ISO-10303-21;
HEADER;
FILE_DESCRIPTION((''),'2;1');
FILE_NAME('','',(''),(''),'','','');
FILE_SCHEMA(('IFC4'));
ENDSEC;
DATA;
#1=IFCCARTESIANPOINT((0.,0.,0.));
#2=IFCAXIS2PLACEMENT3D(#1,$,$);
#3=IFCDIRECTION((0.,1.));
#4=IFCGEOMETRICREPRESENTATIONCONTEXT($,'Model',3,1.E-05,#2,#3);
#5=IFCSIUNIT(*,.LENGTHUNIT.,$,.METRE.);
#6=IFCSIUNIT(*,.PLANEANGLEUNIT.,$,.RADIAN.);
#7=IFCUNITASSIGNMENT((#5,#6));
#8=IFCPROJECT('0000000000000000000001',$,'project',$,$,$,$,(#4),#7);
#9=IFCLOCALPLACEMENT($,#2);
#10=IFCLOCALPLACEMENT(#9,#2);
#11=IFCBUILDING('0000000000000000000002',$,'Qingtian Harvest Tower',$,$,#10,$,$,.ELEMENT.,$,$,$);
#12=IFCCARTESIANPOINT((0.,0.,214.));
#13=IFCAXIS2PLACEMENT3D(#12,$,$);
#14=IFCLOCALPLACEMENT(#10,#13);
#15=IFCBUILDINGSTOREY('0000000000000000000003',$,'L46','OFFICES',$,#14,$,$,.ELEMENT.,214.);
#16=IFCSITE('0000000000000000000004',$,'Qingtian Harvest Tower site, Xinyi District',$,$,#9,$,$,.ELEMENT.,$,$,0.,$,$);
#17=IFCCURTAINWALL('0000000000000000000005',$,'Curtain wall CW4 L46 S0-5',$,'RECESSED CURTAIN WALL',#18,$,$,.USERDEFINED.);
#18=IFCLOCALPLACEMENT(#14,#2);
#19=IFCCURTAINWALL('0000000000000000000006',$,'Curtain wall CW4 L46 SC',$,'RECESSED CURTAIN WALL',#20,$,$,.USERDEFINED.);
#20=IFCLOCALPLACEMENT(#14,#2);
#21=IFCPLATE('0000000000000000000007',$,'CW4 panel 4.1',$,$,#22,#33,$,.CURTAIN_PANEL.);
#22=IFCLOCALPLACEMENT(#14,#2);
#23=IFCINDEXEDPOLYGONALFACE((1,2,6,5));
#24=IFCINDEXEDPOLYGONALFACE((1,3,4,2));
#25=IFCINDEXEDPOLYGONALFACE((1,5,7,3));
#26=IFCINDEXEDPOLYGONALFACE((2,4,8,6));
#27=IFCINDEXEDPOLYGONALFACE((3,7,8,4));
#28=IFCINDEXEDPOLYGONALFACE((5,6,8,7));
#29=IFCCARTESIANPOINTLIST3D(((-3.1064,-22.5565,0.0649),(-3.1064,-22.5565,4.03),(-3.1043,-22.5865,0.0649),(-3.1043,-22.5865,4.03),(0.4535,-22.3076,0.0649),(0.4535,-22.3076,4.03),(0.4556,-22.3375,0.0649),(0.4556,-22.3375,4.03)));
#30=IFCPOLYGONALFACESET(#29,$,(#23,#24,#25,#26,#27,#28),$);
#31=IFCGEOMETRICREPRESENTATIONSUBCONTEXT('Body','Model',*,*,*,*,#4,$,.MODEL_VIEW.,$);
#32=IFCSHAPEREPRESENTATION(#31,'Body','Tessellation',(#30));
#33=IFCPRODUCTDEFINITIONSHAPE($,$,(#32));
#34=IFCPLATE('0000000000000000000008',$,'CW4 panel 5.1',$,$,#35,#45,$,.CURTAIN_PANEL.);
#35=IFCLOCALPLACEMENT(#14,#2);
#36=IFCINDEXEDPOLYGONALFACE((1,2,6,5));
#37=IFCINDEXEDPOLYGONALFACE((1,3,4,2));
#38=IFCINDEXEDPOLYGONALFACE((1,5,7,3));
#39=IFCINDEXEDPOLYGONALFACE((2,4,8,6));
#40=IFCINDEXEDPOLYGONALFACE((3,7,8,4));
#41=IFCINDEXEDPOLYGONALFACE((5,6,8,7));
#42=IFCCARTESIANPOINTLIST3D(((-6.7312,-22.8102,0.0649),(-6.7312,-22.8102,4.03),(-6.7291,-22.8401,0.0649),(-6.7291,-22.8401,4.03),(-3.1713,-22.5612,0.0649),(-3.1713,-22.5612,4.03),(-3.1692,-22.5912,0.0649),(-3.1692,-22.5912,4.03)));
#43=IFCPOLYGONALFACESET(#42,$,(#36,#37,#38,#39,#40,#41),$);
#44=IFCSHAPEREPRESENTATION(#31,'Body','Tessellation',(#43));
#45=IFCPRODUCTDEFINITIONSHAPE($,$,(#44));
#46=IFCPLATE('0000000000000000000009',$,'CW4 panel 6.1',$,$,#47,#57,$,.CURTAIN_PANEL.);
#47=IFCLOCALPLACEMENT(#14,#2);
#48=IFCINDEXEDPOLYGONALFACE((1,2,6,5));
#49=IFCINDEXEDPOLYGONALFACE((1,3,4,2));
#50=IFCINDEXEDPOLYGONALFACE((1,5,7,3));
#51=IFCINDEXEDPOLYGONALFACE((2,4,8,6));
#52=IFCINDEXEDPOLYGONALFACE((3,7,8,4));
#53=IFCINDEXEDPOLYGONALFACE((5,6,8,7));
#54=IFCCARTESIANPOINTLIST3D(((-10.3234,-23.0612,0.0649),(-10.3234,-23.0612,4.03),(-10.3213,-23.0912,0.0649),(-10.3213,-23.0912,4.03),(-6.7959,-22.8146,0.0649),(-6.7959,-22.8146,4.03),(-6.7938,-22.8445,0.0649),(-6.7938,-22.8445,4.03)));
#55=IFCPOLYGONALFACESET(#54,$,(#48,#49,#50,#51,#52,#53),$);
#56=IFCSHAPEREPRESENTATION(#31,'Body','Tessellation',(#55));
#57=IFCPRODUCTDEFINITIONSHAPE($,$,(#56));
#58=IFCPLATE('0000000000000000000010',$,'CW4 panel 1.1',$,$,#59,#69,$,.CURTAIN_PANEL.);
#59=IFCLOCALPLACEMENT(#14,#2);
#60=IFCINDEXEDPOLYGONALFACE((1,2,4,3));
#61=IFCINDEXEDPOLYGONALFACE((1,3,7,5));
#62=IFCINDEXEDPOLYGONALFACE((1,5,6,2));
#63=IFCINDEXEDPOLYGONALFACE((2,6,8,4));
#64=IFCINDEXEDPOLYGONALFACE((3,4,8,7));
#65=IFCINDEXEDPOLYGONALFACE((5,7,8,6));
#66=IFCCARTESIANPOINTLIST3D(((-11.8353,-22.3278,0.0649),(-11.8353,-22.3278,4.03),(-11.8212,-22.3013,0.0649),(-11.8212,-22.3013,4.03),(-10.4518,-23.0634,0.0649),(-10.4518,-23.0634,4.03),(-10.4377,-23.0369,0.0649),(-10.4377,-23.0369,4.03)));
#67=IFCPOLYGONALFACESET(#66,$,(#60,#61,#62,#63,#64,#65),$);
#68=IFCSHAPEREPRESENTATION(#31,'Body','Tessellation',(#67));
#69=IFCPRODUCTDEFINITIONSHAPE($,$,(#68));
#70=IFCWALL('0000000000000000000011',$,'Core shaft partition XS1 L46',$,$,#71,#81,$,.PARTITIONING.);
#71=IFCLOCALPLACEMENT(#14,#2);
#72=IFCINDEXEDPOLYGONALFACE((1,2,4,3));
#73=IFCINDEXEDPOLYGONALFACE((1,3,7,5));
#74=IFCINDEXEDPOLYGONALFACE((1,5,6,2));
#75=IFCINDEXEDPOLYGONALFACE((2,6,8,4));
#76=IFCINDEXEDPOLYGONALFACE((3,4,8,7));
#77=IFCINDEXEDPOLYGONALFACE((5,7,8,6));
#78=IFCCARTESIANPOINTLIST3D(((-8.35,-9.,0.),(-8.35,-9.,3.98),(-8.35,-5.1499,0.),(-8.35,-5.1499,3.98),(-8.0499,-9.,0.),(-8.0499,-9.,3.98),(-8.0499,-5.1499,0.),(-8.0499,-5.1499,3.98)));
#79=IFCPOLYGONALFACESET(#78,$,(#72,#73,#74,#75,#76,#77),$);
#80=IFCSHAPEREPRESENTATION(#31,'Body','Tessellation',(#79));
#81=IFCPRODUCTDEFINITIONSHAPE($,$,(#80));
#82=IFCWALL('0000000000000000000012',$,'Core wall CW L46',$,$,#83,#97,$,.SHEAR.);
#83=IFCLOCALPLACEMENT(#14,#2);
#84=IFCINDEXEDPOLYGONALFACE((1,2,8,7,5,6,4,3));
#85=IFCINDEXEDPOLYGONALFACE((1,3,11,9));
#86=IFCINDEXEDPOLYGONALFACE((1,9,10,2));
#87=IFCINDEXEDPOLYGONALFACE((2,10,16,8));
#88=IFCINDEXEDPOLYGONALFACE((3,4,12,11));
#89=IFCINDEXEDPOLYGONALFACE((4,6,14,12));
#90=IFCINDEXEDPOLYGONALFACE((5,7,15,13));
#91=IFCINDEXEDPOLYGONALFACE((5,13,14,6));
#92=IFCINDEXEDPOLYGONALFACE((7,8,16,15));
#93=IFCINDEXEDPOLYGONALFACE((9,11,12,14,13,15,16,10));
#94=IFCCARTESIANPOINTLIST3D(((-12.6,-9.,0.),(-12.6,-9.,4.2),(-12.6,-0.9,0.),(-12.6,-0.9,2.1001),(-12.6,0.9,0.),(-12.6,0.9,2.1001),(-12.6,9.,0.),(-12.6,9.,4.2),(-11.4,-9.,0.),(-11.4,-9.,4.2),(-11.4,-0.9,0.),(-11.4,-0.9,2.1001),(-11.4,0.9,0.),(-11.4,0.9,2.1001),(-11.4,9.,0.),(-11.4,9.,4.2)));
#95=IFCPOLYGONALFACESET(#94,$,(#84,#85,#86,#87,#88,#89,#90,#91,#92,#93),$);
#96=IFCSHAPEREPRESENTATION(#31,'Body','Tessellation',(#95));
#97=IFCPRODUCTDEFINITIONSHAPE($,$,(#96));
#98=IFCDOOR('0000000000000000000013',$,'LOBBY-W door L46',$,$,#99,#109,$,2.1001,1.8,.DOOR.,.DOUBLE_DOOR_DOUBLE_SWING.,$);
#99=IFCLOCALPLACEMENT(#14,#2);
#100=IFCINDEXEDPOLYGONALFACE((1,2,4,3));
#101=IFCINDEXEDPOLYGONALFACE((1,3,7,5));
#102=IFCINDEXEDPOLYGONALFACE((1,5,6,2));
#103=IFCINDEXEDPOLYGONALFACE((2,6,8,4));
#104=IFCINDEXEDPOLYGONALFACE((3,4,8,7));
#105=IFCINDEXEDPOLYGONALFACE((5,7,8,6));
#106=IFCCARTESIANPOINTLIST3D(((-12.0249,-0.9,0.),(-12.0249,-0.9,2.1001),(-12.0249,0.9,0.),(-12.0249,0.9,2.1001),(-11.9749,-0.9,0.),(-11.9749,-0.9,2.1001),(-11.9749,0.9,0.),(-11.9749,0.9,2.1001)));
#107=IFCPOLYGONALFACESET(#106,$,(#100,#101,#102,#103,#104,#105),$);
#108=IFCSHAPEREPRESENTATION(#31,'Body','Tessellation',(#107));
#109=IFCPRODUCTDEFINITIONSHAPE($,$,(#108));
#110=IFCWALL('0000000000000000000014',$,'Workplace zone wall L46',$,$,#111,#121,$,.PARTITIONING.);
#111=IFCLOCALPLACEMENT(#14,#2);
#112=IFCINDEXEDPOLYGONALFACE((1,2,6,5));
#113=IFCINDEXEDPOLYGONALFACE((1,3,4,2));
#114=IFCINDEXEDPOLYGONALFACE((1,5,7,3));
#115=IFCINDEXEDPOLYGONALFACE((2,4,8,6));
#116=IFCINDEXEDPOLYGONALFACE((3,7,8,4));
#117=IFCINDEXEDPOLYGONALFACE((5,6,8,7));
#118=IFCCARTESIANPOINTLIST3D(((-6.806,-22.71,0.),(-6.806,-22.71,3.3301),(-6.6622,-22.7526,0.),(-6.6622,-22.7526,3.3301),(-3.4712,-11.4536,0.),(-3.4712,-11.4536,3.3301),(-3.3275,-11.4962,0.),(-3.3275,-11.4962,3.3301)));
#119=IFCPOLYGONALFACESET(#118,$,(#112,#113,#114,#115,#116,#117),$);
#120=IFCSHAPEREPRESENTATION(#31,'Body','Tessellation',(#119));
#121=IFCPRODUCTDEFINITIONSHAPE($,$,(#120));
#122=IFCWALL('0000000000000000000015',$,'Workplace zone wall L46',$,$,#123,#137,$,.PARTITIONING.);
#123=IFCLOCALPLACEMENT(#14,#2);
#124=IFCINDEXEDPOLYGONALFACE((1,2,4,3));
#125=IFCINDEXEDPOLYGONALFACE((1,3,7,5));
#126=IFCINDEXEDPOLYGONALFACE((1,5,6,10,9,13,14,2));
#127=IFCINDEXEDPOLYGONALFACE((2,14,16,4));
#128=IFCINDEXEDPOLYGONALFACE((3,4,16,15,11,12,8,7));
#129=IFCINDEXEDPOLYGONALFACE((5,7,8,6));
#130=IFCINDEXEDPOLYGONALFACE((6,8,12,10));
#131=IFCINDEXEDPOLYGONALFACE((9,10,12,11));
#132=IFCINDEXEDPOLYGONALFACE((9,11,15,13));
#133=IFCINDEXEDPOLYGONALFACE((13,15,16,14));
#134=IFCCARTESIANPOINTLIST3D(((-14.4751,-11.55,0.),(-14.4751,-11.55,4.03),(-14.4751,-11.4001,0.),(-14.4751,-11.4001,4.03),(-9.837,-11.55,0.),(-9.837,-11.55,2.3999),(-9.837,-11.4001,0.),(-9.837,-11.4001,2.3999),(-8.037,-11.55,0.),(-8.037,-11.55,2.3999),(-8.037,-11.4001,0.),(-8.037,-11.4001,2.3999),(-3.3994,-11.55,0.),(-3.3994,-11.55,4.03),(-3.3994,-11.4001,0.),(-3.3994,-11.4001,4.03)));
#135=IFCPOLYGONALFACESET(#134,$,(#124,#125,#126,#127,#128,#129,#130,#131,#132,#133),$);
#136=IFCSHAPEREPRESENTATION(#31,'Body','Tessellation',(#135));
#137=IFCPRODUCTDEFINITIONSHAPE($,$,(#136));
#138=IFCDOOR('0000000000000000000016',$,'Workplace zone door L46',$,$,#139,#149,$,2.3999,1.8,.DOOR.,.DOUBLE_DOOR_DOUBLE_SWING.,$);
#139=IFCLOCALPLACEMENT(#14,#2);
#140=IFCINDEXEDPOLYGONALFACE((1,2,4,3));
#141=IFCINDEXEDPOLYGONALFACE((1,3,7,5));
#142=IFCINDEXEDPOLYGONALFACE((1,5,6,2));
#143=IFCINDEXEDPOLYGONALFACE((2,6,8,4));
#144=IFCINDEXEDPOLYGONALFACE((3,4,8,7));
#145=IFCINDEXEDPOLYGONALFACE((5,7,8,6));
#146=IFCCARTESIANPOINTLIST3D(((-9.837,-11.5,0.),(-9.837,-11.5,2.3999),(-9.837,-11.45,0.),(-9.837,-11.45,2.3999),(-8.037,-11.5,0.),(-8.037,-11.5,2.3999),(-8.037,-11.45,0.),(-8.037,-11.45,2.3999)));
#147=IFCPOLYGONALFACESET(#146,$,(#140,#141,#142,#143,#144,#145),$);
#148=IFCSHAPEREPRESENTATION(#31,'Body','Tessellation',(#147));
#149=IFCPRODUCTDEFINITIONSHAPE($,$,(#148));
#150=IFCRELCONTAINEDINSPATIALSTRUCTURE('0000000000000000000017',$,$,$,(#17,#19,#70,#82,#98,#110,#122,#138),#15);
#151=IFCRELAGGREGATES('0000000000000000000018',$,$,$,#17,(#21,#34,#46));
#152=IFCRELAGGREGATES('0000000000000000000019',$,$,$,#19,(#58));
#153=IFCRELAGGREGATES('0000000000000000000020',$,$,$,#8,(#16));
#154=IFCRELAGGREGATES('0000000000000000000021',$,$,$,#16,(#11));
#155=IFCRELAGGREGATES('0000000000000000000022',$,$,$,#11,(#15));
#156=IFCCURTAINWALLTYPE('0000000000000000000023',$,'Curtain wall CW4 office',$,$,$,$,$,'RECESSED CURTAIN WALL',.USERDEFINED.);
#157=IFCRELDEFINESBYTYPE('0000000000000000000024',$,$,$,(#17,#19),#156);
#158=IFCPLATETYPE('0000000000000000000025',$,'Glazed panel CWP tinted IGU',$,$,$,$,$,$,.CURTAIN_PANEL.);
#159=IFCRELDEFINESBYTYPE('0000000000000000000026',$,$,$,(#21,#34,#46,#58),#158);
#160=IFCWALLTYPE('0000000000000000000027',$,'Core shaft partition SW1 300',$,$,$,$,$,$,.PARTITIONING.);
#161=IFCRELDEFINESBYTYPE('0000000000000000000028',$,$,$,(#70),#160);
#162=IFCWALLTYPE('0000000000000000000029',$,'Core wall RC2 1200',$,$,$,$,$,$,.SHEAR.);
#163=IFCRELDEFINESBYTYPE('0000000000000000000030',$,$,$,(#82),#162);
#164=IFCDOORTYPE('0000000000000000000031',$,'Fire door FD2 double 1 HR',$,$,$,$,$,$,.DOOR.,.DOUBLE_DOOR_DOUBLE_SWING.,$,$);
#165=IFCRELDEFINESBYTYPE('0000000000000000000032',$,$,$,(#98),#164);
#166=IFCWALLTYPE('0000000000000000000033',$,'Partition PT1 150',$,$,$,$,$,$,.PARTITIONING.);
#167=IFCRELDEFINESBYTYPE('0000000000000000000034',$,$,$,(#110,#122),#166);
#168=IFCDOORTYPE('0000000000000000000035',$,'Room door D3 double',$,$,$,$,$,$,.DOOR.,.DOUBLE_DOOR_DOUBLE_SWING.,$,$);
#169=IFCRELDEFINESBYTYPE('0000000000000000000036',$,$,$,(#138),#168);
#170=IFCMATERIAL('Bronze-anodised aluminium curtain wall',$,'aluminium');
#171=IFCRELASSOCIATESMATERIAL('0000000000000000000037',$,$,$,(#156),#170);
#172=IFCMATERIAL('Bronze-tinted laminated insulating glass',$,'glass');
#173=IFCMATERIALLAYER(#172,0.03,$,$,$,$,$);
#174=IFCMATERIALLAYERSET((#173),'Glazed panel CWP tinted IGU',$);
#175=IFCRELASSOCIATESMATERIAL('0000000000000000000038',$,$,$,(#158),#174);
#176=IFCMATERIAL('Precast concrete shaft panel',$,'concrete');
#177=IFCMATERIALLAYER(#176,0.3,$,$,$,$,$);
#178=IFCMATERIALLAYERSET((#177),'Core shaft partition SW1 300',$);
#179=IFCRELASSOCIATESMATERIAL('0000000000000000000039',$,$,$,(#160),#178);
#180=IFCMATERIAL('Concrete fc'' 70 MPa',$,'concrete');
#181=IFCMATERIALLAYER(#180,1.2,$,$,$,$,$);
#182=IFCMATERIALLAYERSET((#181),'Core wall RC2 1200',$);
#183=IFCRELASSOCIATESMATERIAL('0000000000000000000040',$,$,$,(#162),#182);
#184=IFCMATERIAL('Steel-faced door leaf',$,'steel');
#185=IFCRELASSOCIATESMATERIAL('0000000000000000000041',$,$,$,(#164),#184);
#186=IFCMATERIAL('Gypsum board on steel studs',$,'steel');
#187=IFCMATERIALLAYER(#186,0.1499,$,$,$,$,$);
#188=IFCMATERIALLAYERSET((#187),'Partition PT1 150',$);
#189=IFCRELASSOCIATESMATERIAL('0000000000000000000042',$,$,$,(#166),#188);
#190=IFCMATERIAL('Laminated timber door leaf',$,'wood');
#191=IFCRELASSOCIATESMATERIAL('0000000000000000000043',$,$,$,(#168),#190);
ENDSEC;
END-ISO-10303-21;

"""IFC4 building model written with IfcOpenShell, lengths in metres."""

from ifc_helpers import new_model, si_unit, direction, frame, frame_2d, origin, origin_2d, place, context, subcontext, project, spatial, rectangle, extrude, material, layer, layer_set, type_object, element, fill, aggregate, save


model = new_model("IFC4")

# Units and contexts
model_context = context("Model", 3, precision=1e-05, world=origin(), true_north=direction((0.0, 1.0)))
body_context = subcontext(model_context, "Body", "Model", "MODEL_VIEW")
ifc_project = project(units=[si_unit("LENGTHUNIT", "METRE"), si_unit("PLANEANGLEUNIT", "RADIAN")], contexts=[model_context])

# Site, building, storey
site_placement = place(None, origin())
site = spatial("IfcSite", under=ifc_project, at=site_placement, Name="Qingtian Harvest Tower site, Xinyi District", CompositionType="ELEMENT", RefElevation=0.0)
building_placement = place(site_placement, origin())
building = spatial("IfcBuilding", under=site, at=building_placement, Name="Qingtian Harvest Tower", CompositionType="ELEMENT")
storey_placement = place(building_placement, frame((0.0, 0.0, 214.0)))
storey = spatial("IfcBuildingStorey", under=building, at=storey_placement, Name="L46", Description="OFFICES", CompositionType="ELEMENT", Elevation=214.0)

# Curtain walls
ifc_material_1 = material(Name="Bronze-anodised aluminium curtain wall", Category="aluminium")
curtain_wall_type = type_object("IfcCurtainWallType", Name="Curtain wall CW4 office", ElementType="RECESSED CURTAIN WALL", PredefinedType="USERDEFINED", material=ifc_material_1)
curtain_wall_1_placement = place(storey_placement, origin())
curtain_wall_1 = element("IfcCurtainWall", 1, at=curtain_wall_1_placement, inside=storey, type_object=curtain_wall_type, Name="Curtain wall CW4 L46 S0-5", ObjectType="RECESSED CURTAIN WALL", PredefinedType="USERDEFINED")
curtain_wall_2_placement = place(storey_placement, origin())
curtain_wall_2 = element("IfcCurtainWall", 2, at=curtain_wall_2_placement, inside=storey, type_object=curtain_wall_type, Name="Curtain wall CW4 L46 SC", ObjectType="RECESSED CURTAIN WALL", PredefinedType="USERDEFINED")

# Plates
ifc_material_2 = material(Name="Bronze-tinted laminated insulating glass", Category="glass")
ifc_layer_1 = layer(ifc_material_2, 0.03)
ifc_layer_set_1 = layer_set([ifc_layer_1], Name="Glazed panel CWP tinted IGU")
plate_type = type_object("IfcPlateType", Name="Glazed panel CWP tinted IGU", PredefinedType="CURTAIN_PANEL", material=ifc_layer_set_1)
plate_1_placement = place(storey_placement, frame((-1.3254, -22.447, 0.0649), z_axis=(0.0, 0.0, 1.0), x_axis=(-0.997564, -0.069756, 0.0)))
plate_1 = element("IfcPlate", 3, at=plate_1_placement, type_object=plate_type, Name="CW4 panel 4.1", PredefinedType="CURTAIN_PANEL", context=body_context, shape_type="SweptSolid", body=[
    extrude(rectangle(XDim=3.5686, YDim=0.03, at=origin_2d()), origin(), (0.0, 0.0, 1.0), 3.9651),
])
plate_2_placement = place(storey_placement, frame((-4.9502, -22.7007, 0.0649), z_axis=(0.0, 0.0, 1.0), x_axis=(-0.997564, -0.069756, 0.0)))
plate_2 = element("IfcPlate", 4, at=plate_2_placement, type_object=plate_type, Name="CW4 panel 5.1", PredefinedType="CURTAIN_PANEL", context=body_context, shape_type="SweptSolid", body=[
    extrude(rectangle(XDim=3.5686, YDim=0.03, at=origin_2d()), origin(), (0.0, 0.0, 1.0), 3.9651),
])
plate_3_placement = place(storey_placement, frame((-8.5586, -22.9529, 0.0649), z_axis=(0.0, 0.0, 1.0), x_axis=(-0.997564, -0.069756, 0.0)))
plate_3 = element("IfcPlate", 5, at=plate_3_placement, type_object=plate_type, Name="CW4 panel 6.1", PredefinedType="CURTAIN_PANEL", context=body_context, shape_type="SweptSolid", body=[
    extrude(rectangle(XDim=3.5361, YDim=0.03, at=origin_2d()), origin(), (0.0, 0.0, 1.0), 3.9651),
])
aggregate(curtain_wall_1, [plate_1, plate_2, plate_3])
plate_4_placement = place(storey_placement, frame((-11.1365, -22.6824, 0.0649), z_axis=(0.0, 0.0, 1.0), x_axis=(-0.882948, 0.469472, 0.0)))
plate_4 = element("IfcPlate", 6, at=plate_4_placement, type_object=plate_type, Name="CW4 panel 1.1", PredefinedType="CURTAIN_PANEL", context=body_context, shape_type="SweptSolid", body=[
    extrude(rectangle(XDim=1.5669, YDim=0.03, at=origin_2d()), origin(), (0.0, 0.0, 1.0), 3.9651),
])
aggregate(curtain_wall_2, [plate_4])

# Wall
ifc_material_3 = material(Name="Precast concrete shaft panel", Category="concrete")
ifc_layer_2 = layer(ifc_material_3, 0.3)
ifc_layer_set_2 = layer_set([ifc_layer_2], Name="Core shaft partition SW1 300")
wall_type_1 = type_object("IfcWallType", Name="Core shaft partition SW1 300", PredefinedType="PARTITIONING", material=ifc_layer_set_2)
wall_1_placement = place(storey_placement, frame((-8.2, -9.0, 0.0), z_axis=(0.0, 0.0, 1.0), x_axis=(0.0, 1.0, 0.0)))
element("IfcWall", 7, at=wall_1_placement, inside=storey, type_object=wall_type_1, Name="Core shaft partition XS1 L46", PredefinedType="PARTITIONING", context=body_context, shape_type="SweptSolid", body=[
    extrude(rectangle(XDim=3.8501, YDim=0.3, at=frame_2d((1.925, 0.0))), origin(), (0.0, 0.0, 1.0), 3.98),
])

# Wall, opening, door
ifc_material_4 = material(Name="Concrete fc' 70 MPa", Category="concrete")
ifc_layer_3 = layer(ifc_material_4, 1.2)
ifc_layer_set_3 = layer_set([ifc_layer_3], Name="Core wall RC2 1200")
wall_type_2 = type_object("IfcWallType", Name="Core wall RC2 1200", PredefinedType="SHEAR", material=ifc_layer_set_3)
wall_2_placement = place(storey_placement, frame((-12.0, -9.0, 0.0), z_axis=(0.0, 0.0, 1.0), x_axis=(0.0, 1.0, 0.0)))
wall_2 = element("IfcWall", 8, at=wall_2_placement, inside=storey, type_object=wall_type_2, Name="Core wall CW L46", PredefinedType="SHEAR", context=body_context, shape_type="SweptSolid", body=[
    extrude(rectangle(XDim=18.0, YDim=1.2, at=frame_2d((9.0, 0.0))), origin(), (0.0, 0.0, 1.0), 4.2),
])
opening_1_placement = place(wall_2_placement, frame((8.1001, 0.0, 0.0)))
opening_1 = element("IfcOpeningElement", 9, at=opening_1_placement, cuts=wall_2, PredefinedType="OPENING", context=body_context, shape_type="SweptSolid", body=[
    extrude(rectangle(XDim=1.8, YDim=2.1001, at=frame_2d((0.8999, 1.05))), frame((0.0, 0.6099, 0.0), z_axis=(0.0, -1.0, 0.0), x_axis=(1.0, 0.0, 0.0)), (0.0, 0.0, 1.0), 1.22),
])
ifc_material_5 = material(Name="Steel-faced door leaf", Category="steel")
door_type_1 = type_object("IfcDoorType", Name="Fire door FD2 double 1 HR", OperationType="DOUBLE_DOOR_DOUBLE_SWING", PredefinedType="DOOR", material=ifc_material_5)
door_1_placement = place(opening_1_placement, origin())
door_1 = element("IfcDoor", 10, at=door_1_placement, inside=storey, type_object=door_type_1, Name="LOBBY-W door L46", OperationType="DOUBLE_DOOR_DOUBLE_SWING", OverallHeight=2.1001, OverallWidth=1.8, PredefinedType="DOOR", context=body_context, shape_type="SweptSolid", body=[
    extrude(rectangle(XDim=1.8, YDim=2.1001, at=frame_2d((0.8999, 1.05))), frame((0.0, 0.0249, 0.0), z_axis=(0.0, -1.0, 0.0), x_axis=(1.0, 0.0, 0.0)), (0.0, 0.0, 1.0), 0.05),
])
fill(opening_1, door_1)

# Wall
ifc_material_6 = material(Name="Gypsum board on steel studs", Category="steel")
ifc_layer_4 = layer(ifc_material_6, 0.1499)
ifc_layer_set_4 = layer_set([ifc_layer_4], Name="Partition PT1 150")
wall_type_3 = type_object("IfcWallType", Name="Partition PT1 150", PredefinedType="PARTITIONING", material=ifc_layer_set_4)
wall_3_placement = place(storey_placement, frame((-6.7341, -22.7314, 0.0), z_axis=(0.0, 0.0, 1.0), x_axis=(0.284049, 0.95881, 0.0)))
element("IfcWall", 11, at=wall_3_placement, inside=storey, type_object=wall_type_3, Name="Workplace zone wall L46", PredefinedType="PARTITIONING", context=body_context, shape_type="SweptSolid", body=[
    extrude(rectangle(XDim=11.74, YDim=0.1499, at=frame_2d((5.8701, 0.0))), origin(), (0.0, 0.0, 1.0), 3.3301),
])

# Wall, opening, door
wall_4_placement = place(storey_placement, frame((-3.3994, -11.4751, 0.0), z_axis=(0.0, 0.0, 1.0), x_axis=(-1.0, 0.0, 0.0)))
wall_4 = element("IfcWall", 12, at=wall_4_placement, inside=storey, type_object=wall_type_3, Name="Workplace zone wall L46", PredefinedType="PARTITIONING", context=body_context, shape_type="SweptSolid", body=[
    extrude(rectangle(XDim=11.0757, YDim=0.1499, at=frame_2d((5.5378, 0.0))), origin(), (0.0, 0.0, 1.0), 4.03),
])
opening_2_placement = place(wall_4_placement, frame((4.6377, 0.0, 0.0)))
opening_2 = element("IfcOpeningElement", 13, at=opening_2_placement, cuts=wall_4, PredefinedType="OPENING", context=body_context, shape_type="SweptSolid", body=[
    extrude(rectangle(XDim=1.8, YDim=2.3999, at=frame_2d((0.8999, 1.2))), frame((0.0, 0.085, 0.0), z_axis=(0.0, -1.0, 0.0), x_axis=(1.0, 0.0, 0.0)), (0.0, 0.0, 1.0), 0.1699),
])
ifc_material_7 = material(Name="Laminated timber door leaf", Category="wood")
door_type_2 = type_object("IfcDoorType", Name="Room door D3 double", OperationType="DOUBLE_DOOR_DOUBLE_SWING", PredefinedType="DOOR", material=ifc_material_7)
door_2_placement = place(opening_2_placement, origin())
door_2 = element("IfcDoor", 14, at=door_2_placement, inside=storey, type_object=door_type_2, Name="Workplace zone door L46", OperationType="DOUBLE_DOOR_DOUBLE_SWING", OverallHeight=2.3999, OverallWidth=1.8, PredefinedType="DOOR", context=body_context, shape_type="SweptSolid", body=[
    extrude(rectangle(XDim=1.8, YDim=2.3999, at=frame_2d((0.8999, 1.2))), frame((0.0, 0.0249, 0.0), z_axis=(0.0, -1.0, 0.0), x_axis=(1.0, 0.0, 0.0)), (0.0, 0.0, 1.0), 0.05),
])
fill(opening_2, door_2)

save(model, "model.ifc")
